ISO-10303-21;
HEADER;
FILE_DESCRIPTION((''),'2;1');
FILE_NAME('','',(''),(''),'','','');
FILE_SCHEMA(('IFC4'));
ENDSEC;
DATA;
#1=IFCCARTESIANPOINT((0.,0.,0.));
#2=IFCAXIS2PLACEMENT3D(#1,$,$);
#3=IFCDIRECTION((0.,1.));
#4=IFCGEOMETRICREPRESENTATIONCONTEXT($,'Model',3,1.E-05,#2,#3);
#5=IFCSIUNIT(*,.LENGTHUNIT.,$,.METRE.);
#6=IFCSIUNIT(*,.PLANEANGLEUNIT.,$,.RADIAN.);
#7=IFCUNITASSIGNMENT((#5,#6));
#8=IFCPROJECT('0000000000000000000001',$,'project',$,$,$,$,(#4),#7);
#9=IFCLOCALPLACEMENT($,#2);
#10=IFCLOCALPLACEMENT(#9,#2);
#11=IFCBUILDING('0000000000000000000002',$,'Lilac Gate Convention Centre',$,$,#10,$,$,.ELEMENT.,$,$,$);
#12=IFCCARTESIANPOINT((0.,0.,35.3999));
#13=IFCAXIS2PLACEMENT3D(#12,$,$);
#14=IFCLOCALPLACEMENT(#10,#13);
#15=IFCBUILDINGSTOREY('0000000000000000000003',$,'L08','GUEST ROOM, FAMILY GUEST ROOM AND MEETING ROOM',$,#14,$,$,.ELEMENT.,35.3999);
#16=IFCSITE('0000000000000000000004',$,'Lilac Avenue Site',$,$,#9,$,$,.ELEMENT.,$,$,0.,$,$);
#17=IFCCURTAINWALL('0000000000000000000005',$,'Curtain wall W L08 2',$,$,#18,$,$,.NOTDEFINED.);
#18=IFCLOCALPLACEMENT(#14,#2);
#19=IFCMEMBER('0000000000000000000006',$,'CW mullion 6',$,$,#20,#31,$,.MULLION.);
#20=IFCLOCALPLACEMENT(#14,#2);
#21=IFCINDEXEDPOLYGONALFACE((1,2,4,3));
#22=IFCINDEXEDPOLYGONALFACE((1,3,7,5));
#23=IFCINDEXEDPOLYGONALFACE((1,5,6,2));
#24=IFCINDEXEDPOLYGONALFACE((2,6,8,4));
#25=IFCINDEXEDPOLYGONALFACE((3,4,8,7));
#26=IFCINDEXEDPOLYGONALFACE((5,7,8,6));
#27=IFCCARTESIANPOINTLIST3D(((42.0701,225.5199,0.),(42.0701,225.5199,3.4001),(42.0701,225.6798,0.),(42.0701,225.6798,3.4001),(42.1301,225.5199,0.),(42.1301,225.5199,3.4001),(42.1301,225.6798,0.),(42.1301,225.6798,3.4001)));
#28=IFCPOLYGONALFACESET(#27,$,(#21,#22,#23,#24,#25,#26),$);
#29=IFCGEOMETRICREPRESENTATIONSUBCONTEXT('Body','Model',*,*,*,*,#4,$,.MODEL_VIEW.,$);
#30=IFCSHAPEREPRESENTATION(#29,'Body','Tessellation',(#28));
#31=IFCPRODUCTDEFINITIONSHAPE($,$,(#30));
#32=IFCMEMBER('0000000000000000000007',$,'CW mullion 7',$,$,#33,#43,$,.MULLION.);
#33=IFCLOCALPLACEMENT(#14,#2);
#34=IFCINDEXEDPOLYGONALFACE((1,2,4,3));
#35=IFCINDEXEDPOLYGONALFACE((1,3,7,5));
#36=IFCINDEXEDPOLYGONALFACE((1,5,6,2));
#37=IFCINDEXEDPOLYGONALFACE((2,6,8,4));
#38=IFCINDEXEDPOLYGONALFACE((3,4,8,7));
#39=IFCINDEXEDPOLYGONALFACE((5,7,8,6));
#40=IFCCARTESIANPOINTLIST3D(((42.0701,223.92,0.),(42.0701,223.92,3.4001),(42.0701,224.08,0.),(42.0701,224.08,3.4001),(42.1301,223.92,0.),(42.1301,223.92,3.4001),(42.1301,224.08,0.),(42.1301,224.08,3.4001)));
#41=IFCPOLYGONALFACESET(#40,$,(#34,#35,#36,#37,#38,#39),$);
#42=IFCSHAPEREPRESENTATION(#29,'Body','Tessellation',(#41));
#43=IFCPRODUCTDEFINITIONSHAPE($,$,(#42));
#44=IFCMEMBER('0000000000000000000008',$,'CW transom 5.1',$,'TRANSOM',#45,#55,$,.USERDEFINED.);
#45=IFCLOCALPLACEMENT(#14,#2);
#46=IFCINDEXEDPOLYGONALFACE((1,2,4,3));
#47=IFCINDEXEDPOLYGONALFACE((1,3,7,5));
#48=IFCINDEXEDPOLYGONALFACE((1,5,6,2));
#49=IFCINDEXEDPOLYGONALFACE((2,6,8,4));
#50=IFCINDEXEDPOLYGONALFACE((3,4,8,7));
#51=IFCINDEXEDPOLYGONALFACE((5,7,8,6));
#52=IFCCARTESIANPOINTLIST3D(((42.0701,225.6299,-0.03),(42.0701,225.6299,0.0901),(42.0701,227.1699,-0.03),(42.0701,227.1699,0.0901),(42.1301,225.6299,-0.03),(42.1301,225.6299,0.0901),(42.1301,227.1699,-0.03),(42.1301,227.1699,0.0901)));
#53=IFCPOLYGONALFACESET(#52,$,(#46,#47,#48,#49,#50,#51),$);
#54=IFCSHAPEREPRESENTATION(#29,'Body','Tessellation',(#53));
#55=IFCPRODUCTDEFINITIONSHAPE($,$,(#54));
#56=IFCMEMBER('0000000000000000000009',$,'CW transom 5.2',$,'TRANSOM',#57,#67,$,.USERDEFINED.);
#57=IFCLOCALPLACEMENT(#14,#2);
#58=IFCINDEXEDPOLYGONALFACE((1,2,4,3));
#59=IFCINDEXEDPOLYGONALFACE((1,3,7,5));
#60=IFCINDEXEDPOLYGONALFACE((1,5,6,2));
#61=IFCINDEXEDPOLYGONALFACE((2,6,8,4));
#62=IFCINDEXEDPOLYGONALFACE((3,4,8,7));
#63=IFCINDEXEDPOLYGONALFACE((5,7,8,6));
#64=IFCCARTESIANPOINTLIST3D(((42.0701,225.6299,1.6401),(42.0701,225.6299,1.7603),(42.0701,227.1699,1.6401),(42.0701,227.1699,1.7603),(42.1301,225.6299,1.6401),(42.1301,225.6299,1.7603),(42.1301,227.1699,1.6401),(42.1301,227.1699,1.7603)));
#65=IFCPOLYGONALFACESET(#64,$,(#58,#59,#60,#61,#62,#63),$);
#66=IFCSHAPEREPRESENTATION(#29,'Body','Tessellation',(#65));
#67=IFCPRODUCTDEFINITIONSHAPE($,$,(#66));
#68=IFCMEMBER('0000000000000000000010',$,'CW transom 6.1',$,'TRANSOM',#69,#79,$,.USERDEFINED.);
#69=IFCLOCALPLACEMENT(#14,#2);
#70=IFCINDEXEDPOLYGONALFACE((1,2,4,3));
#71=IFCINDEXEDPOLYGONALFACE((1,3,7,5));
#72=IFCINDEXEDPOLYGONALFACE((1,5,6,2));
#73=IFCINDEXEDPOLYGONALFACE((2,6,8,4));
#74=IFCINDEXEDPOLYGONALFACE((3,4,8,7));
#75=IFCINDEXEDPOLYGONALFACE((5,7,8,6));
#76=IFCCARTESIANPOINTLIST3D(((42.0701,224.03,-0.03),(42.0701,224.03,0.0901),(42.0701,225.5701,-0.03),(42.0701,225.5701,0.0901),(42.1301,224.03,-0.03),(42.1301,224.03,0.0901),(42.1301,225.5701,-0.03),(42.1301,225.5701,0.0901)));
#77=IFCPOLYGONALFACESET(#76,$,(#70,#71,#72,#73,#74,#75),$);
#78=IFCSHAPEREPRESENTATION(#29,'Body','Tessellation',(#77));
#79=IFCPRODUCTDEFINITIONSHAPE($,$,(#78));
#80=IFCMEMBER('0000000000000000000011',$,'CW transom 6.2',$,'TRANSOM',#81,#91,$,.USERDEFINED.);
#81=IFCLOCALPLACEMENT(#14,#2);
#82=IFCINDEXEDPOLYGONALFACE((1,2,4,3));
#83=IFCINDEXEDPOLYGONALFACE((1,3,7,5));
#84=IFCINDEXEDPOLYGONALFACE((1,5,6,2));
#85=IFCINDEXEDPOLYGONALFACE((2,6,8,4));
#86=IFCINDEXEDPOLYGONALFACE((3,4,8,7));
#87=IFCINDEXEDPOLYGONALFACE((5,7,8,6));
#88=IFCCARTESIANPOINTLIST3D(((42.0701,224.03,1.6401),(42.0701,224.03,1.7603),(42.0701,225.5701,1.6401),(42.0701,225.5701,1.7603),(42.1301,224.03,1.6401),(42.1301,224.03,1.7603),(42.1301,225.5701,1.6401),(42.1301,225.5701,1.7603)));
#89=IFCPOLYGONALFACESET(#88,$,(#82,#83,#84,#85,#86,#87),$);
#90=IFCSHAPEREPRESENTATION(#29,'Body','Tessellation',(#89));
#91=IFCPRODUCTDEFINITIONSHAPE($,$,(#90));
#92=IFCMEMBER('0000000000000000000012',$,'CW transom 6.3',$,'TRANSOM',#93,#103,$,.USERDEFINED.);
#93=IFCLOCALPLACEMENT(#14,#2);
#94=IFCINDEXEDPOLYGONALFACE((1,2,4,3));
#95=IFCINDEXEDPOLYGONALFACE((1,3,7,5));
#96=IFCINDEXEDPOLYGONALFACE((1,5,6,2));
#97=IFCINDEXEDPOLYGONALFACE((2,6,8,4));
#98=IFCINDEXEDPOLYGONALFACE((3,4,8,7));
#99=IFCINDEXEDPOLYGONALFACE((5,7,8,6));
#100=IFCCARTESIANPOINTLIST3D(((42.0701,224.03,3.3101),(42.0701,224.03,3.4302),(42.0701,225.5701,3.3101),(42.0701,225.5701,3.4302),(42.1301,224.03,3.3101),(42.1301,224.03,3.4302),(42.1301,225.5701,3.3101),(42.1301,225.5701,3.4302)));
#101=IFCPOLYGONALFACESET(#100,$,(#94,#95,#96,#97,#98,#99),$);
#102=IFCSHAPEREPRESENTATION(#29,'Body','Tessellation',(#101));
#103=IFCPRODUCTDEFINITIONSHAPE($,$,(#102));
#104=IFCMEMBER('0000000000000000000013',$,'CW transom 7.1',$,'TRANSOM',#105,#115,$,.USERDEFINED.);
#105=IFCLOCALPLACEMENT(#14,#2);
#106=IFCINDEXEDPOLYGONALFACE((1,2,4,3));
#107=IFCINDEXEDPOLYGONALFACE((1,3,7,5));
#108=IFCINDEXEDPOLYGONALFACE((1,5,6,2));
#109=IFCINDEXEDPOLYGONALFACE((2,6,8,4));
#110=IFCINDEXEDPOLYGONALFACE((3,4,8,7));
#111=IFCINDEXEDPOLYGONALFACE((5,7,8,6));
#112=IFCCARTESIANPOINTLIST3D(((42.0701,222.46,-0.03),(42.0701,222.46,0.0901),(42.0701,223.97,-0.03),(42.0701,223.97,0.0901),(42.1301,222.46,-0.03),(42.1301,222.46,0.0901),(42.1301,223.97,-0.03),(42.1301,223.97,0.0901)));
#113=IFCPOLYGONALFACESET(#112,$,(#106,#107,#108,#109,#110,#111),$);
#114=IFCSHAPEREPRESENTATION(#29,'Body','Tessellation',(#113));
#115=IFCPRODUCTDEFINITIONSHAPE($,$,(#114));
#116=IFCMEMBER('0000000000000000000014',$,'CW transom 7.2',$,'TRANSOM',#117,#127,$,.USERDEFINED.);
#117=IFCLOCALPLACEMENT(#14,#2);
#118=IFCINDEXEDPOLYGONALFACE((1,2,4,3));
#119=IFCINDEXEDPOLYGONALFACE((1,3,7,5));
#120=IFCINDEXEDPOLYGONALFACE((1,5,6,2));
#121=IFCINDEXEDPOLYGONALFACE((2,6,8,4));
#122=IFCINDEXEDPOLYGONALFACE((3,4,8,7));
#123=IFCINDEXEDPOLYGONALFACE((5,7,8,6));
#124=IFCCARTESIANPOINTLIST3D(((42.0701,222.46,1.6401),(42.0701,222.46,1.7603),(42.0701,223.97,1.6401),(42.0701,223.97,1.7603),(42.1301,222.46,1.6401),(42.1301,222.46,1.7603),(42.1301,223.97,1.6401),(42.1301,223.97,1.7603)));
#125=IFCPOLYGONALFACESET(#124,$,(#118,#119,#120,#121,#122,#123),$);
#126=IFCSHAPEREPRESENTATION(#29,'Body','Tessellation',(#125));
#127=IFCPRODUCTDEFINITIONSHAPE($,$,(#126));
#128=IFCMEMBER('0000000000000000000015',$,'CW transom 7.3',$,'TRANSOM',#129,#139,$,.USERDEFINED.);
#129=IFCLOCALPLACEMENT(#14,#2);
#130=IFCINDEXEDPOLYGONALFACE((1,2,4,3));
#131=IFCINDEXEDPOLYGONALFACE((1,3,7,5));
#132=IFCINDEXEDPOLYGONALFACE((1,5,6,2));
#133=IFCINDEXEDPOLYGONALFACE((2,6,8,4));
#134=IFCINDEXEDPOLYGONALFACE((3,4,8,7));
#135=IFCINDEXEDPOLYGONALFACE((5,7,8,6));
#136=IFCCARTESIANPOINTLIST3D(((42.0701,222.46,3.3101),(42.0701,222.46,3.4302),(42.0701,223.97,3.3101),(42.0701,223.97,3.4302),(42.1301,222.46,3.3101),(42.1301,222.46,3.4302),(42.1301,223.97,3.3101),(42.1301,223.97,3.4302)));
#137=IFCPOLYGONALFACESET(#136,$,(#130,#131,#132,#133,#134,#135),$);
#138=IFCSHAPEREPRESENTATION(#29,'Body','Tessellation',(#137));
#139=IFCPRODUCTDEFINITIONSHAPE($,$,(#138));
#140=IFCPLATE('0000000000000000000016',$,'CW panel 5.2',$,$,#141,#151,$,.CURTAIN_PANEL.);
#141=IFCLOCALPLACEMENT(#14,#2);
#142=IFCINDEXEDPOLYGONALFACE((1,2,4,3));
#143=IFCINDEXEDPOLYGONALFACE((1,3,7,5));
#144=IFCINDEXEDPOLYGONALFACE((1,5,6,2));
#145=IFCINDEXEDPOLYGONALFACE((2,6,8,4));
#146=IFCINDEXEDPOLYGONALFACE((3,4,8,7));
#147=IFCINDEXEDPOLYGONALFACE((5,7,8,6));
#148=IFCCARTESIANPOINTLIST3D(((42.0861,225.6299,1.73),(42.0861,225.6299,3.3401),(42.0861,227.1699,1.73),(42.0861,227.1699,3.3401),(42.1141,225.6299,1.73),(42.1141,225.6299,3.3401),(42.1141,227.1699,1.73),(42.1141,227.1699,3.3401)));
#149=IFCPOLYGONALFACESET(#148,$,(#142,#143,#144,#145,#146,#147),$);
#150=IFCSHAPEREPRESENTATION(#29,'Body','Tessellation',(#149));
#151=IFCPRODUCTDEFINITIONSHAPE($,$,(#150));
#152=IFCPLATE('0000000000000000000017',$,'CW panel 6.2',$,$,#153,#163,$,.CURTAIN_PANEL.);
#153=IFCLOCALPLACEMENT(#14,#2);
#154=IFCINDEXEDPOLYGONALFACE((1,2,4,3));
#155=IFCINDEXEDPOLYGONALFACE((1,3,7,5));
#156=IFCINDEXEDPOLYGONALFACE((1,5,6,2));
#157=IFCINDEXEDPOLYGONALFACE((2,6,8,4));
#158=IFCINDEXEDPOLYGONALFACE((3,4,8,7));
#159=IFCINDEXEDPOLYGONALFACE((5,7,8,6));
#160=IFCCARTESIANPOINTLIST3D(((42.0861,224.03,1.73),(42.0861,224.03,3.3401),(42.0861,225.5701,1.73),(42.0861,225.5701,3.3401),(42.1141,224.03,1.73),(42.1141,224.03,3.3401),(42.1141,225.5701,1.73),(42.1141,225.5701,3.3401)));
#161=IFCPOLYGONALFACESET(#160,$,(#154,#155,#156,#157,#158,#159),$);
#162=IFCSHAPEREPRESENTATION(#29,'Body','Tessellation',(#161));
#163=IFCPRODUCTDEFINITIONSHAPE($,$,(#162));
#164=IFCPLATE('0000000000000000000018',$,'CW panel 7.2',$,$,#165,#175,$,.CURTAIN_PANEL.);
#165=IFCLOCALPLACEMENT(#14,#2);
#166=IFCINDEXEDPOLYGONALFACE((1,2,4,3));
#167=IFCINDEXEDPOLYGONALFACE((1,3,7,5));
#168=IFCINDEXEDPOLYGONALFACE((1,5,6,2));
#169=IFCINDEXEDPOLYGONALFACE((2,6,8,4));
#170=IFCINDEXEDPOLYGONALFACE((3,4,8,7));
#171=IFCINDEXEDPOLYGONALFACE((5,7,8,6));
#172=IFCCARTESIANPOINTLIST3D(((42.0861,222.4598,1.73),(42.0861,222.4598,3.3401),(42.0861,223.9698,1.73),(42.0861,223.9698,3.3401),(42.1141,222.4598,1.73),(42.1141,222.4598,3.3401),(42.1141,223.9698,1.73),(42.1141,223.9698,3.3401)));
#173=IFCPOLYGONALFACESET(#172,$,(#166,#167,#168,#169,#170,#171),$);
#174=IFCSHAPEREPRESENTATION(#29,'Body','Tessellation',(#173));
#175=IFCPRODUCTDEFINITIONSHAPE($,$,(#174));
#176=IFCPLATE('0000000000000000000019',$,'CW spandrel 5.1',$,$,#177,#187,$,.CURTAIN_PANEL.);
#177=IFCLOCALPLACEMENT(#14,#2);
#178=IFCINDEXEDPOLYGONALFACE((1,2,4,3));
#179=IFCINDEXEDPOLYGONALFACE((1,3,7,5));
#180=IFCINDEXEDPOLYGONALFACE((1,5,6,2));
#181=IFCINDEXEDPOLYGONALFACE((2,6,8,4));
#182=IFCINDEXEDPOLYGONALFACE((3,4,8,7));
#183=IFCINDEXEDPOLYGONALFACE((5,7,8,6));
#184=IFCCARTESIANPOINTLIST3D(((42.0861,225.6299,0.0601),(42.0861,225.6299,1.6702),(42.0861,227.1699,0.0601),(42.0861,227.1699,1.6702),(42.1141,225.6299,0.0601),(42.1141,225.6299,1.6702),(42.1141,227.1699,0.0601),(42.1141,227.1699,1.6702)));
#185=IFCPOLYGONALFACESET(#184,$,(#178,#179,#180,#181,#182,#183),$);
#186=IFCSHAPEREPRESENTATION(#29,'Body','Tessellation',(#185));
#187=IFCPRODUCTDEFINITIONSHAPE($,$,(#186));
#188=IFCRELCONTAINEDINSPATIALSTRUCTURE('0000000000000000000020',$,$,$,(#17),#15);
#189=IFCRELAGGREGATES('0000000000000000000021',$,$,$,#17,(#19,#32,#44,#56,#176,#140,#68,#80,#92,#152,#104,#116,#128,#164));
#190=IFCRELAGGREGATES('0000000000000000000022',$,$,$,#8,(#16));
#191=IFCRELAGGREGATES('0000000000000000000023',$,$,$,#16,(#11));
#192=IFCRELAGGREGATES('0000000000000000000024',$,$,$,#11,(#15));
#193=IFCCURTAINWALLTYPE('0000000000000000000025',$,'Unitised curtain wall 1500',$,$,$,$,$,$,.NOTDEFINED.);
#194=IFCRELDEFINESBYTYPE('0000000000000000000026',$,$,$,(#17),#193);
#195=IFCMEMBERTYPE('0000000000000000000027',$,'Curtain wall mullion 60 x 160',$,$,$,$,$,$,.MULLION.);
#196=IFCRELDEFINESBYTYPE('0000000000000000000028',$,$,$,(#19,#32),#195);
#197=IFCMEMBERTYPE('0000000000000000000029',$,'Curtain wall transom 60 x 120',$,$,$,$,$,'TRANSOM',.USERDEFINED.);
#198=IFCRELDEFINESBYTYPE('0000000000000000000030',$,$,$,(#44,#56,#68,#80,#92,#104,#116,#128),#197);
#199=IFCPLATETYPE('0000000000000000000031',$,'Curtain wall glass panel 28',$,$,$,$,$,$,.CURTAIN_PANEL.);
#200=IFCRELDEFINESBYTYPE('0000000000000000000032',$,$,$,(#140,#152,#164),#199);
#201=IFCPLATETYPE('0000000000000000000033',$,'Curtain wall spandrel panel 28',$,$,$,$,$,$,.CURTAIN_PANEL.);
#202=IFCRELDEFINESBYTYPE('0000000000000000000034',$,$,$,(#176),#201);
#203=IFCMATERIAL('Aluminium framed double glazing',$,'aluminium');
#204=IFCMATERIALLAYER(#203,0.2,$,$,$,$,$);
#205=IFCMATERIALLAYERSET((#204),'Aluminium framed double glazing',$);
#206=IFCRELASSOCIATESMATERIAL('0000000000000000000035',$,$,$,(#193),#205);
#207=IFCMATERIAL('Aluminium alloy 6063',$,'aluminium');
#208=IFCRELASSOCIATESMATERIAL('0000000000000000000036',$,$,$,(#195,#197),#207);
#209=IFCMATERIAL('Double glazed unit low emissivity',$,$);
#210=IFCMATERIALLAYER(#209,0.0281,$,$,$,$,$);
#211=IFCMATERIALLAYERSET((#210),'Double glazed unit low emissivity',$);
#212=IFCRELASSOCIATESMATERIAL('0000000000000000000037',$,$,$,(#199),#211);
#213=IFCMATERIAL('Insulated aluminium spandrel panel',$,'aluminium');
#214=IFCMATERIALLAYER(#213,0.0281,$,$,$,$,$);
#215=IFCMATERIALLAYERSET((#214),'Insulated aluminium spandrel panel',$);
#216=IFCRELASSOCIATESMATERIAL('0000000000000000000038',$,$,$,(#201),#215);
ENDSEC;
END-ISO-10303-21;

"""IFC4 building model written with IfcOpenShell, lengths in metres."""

from ifc_helpers import new_model, si_unit, direction, frame, origin, origin_2d, place, context, subcontext, project, spatial, rectangle, extrude, material, layer, layer_set, material_profile, profile_set, type_object, element, aggregate, save


model = new_model("IFC4")

# Units and contexts
model_context = context("Model", 3, precision=1e-05, world=origin(), true_north=direction((0.0, 1.0)))
body_context = subcontext(model_context, "Body", "Model", "MODEL_VIEW")
ifc_project = project(units=[si_unit("LENGTHUNIT", "METRE"), si_unit("PLANEANGLEUNIT", "RADIAN")], contexts=[model_context])

# Site, building, storey
site_placement = place(None, origin())
site = spatial("IfcSite", under=ifc_project, at=site_placement, Name="Lilac Avenue Site", CompositionType="ELEMENT", RefElevation=0.0)
building_placement = place(site_placement, origin())
building = spatial("IfcBuilding", under=site, at=building_placement, Name="Lilac Gate Convention Centre", CompositionType="ELEMENT")
storey_placement = place(building_placement, frame((0.0, 0.0, 35.3999)))
storey = spatial("IfcBuildingStorey", under=building, at=storey_placement, Name="L08", Description="GUEST ROOM, FAMILY GUEST ROOM AND MEETING ROOM", CompositionType="ELEMENT", Elevation=35.3999)

# Curtain wall, members, plates
ifc_material_1 = material(Name="Aluminium framed double glazing", Category="aluminium")
ifc_layer_1 = layer(ifc_material_1, 0.2)
ifc_layer_set_1 = layer_set([ifc_layer_1], Name="Aluminium framed double glazing")
curtain_wall_type = type_object("IfcCurtainWallType", Name="Unitised curtain wall 1500", PredefinedType="NOTDEFINED", material=ifc_layer_set_1)
curtain_wall_placement = place(storey_placement, origin())
curtain_wall = element("IfcCurtainWall", 1, at=curtain_wall_placement, inside=storey, type_object=curtain_wall_type, Name="Curtain wall W L08 2", PredefinedType="NOTDEFINED")
ifc_material_2 = material(Name="Aluminium alloy 6063", Category="aluminium")
ifc_material_profile_1 = material_profile(ifc_material_2, rectangle(XDim=0.0601, YDim=0.1599, at=origin_2d()), Name="Curtain wall mullion 60 x 160")
ifc_profile_set_1 = profile_set([ifc_material_profile_1], Name="Aluminium alloy 6063")
member_type_1 = type_object("IfcMemberType", Name="Curtain wall mullion 60 x 160", PredefinedType="MULLION", material=ifc_profile_set_1)
member_1_placement = place(storey_placement, frame((42.1001, 225.5999, 0.0), z_axis=(0.0, 0.0, 1.0), x_axis=(1.0, 0.0, 0.0)))
member_1 = element("IfcMember", 2, at=member_1_placement, type_object=member_type_1, Name="CW mullion 6", PredefinedType="MULLION", context=body_context, shape_type="SweptSolid", body=[
    extrude(rectangle(XDim=0.0601, YDim=0.1599, at=origin_2d()), origin(), (0.0, 0.0, 1.0), 3.4001),
])
member_2_placement = place(storey_placement, frame((42.1001, 224.0, 0.0), z_axis=(0.0, 0.0, 1.0), x_axis=(1.0, 0.0, 0.0)))
member_2 = element("IfcMember", 3, at=member_2_placement, type_object=member_type_1, Name="CW mullion 7", PredefinedType="MULLION", context=body_context, shape_type="SweptSolid", body=[
    extrude(rectangle(XDim=0.0601, YDim=0.1599, at=origin_2d()), origin(), (0.0, 0.0, 1.0), 3.4001),
])
ifc_material_profile_2 = material_profile(ifc_material_2, rectangle(XDim=0.0601, YDim=0.1201, at=origin_2d()), Name="Curtain wall transom 60 x 120")
ifc_profile_set_2 = profile_set([ifc_material_profile_2], Name="Aluminium alloy 6063")
member_type_2 = type_object("IfcMemberType", Name="Curtain wall transom 60 x 120", ElementType="TRANSOM", PredefinedType="USERDEFINED", material=ifc_profile_set_2)
member_3_placement = place(storey_placement, frame((42.1001, 227.1699, 0.03), z_axis=(0.0, -1.0, 0.0), x_axis=(1.0, 0.0, 0.0)))
member_3 = element("IfcMember", 4, at=member_3_placement, type_object=member_type_2, Name="CW transom 5.1", ObjectType="TRANSOM", PredefinedType="USERDEFINED", context=body_context, shape_type="SweptSolid", body=[
    extrude(rectangle(XDim=0.0601, YDim=0.1201, at=origin_2d()), origin(), (0.0, 0.0, 1.0), 1.54),
])
member_4_placement = place(storey_placement, frame((42.1001, 227.1699, 1.7002), z_axis=(0.0, -1.0, 0.0), x_axis=(1.0, 0.0, 0.0)))
member_4 = element("IfcMember", 5, at=member_4_placement, type_object=member_type_2, Name="CW transom 5.2", ObjectType="TRANSOM", PredefinedType="USERDEFINED", context=body_context, shape_type="SweptSolid", body=[
    extrude(rectangle(XDim=0.0601, YDim=0.1201, at=origin_2d()), origin(), (0.0, 0.0, 1.0), 1.54),
])
member_5_placement = place(storey_placement, frame((42.1001, 225.5701, 0.03), z_axis=(0.0, -1.0, 0.0), x_axis=(1.0, 0.0, 0.0)))
member_5 = element("IfcMember", 6, at=member_5_placement, type_object=member_type_2, Name="CW transom 6.1", ObjectType="TRANSOM", PredefinedType="USERDEFINED", context=body_context, shape_type="SweptSolid", body=[
    extrude(rectangle(XDim=0.0601, YDim=0.1201, at=origin_2d()), origin(), (0.0, 0.0, 1.0), 1.54),
])
member_6_placement = place(storey_placement, frame((42.1001, 225.5701, 1.7002), z_axis=(0.0, -1.0, 0.0), x_axis=(1.0, 0.0, 0.0)))
member_6 = element("IfcMember", 7, at=member_6_placement, type_object=member_type_2, Name="CW transom 6.2", ObjectType="TRANSOM", PredefinedType="USERDEFINED", context=body_context, shape_type="SweptSolid", body=[
    extrude(rectangle(XDim=0.0601, YDim=0.1201, at=origin_2d()), origin(), (0.0, 0.0, 1.0), 1.54),
])
member_7_placement = place(storey_placement, frame((42.1001, 225.5701, 3.3701), z_axis=(0.0, -1.0, 0.0), x_axis=(1.0, 0.0, 0.0)))
member_7 = element("IfcMember", 8, at=member_7_placement, type_object=member_type_2, Name="CW transom 6.3", ObjectType="TRANSOM", PredefinedType="USERDEFINED", context=body_context, shape_type="SweptSolid", body=[
    extrude(rectangle(XDim=0.0601, YDim=0.1201, at=origin_2d()), origin(), (0.0, 0.0, 1.0), 1.54),
])
member_8_placement = place(storey_placement, frame((42.1001, 223.97, 0.03), z_axis=(0.0, -1.0, 0.0), x_axis=(1.0, 0.0, 0.0)))
member_8 = element("IfcMember", 9, at=member_8_placement, type_object=member_type_2, Name="CW transom 7.1", ObjectType="TRANSOM", PredefinedType="USERDEFINED", context=body_context, shape_type="SweptSolid", body=[
    extrude(rectangle(XDim=0.0601, YDim=0.1201, at=origin_2d()), origin(), (0.0, 0.0, 1.0), 1.51),
])
member_9_placement = place(storey_placement, frame((42.1001, 223.97, 1.7002), z_axis=(0.0, -1.0, 0.0), x_axis=(1.0, 0.0, 0.0)))
member_9 = element("IfcMember", 10, at=member_9_placement, type_object=member_type_2, Name="CW transom 7.2", ObjectType="TRANSOM", PredefinedType="USERDEFINED", context=body_context, shape_type="SweptSolid", body=[
    extrude(rectangle(XDim=0.0601, YDim=0.1201, at=origin_2d()), origin(), (0.0, 0.0, 1.0), 1.51),
])
member_10_placement = place(storey_placement, frame((42.1001, 223.97, 3.3701), z_axis=(0.0, -1.0, 0.0), x_axis=(1.0, 0.0, 0.0)))
member_10 = element("IfcMember", 11, at=member_10_placement, type_object=member_type_2, Name="CW transom 7.3", ObjectType="TRANSOM", PredefinedType="USERDEFINED", context=body_context, shape_type="SweptSolid", body=[
    extrude(rectangle(XDim=0.0601, YDim=0.1201, at=origin_2d()), origin(), (0.0, 0.0, 1.0), 1.51),
])
ifc_material_3 = material(Name="Double glazed unit low emissivity")
ifc_layer_2 = layer(ifc_material_3, 0.0281)
ifc_layer_set_2 = layer_set([ifc_layer_2], Name="Double glazed unit low emissivity")
plate_type_1 = type_object("IfcPlateType", Name="Curtain wall glass panel 28", PredefinedType="CURTAIN_PANEL", material=ifc_layer_set_2)
plate_1_placement = place(storey_placement, frame((42.1001, 226.3999, 1.73), z_axis=(0.0, 0.0, 1.0), x_axis=(0.0, -1.0, 0.0)))
plate_1 = element("IfcPlate", 12, at=plate_1_placement, type_object=plate_type_1, Name="CW panel 5.2", PredefinedType="CURTAIN_PANEL", context=body_context, shape_type="SweptSolid", body=[
    extrude(rectangle(XDim=1.54, YDim=0.0281, at=origin_2d()), origin(), (0.0, 0.0, 1.0), 1.6101),
])
plate_2_placement = place(storey_placement, frame((42.1001, 224.8, 1.73), z_axis=(0.0, 0.0, 1.0), x_axis=(0.0, -1.0, 0.0)))
plate_2 = element("IfcPlate", 13, at=plate_2_placement, type_object=plate_type_1, Name="CW panel 6.2", PredefinedType="CURTAIN_PANEL", context=body_context, shape_type="SweptSolid", body=[
    extrude(rectangle(XDim=1.54, YDim=0.0281, at=origin_2d()), origin(), (0.0, 0.0, 1.0), 1.6101),
])
plate_3_placement = place(storey_placement, frame((42.1001, 223.2148, 1.73), z_axis=(0.0, 0.0, 1.0), x_axis=(0.0, -1.0, 0.0)))
plate_3 = element("IfcPlate", 14, at=plate_3_placement, type_object=plate_type_1, Name="CW panel 7.2", PredefinedType="CURTAIN_PANEL", context=body_context, shape_type="SweptSolid", body=[
    extrude(rectangle(XDim=1.51, YDim=0.0281, at=origin_2d()), origin(), (0.0, 0.0, 1.0), 1.6101),
])
ifc_material_4 = material(Name="Insulated aluminium spandrel panel", Category="aluminium")
ifc_layer_3 = layer(ifc_material_4, 0.0281)
ifc_layer_set_3 = layer_set([ifc_layer_3], Name="Insulated aluminium spandrel panel")
plate_type_2 = type_object("IfcPlateType", Name="Curtain wall spandrel panel 28", PredefinedType="CURTAIN_PANEL", material=ifc_layer_set_3)
plate_4_placement = place(storey_placement, frame((42.1001, 226.3999, 0.0601), z_axis=(0.0, 0.0, 1.0), x_axis=(0.0, -1.0, 0.0)))
plate_4 = element("IfcPlate", 15, at=plate_4_placement, type_object=plate_type_2, Name="CW spandrel 5.1", PredefinedType="CURTAIN_PANEL", context=body_context, shape_type="SweptSolid", body=[
    extrude(rectangle(XDim=1.54, YDim=0.0281, at=origin_2d()), origin(), (0.0, 0.0, 1.0), 1.6101),
])
aggregate(curtain_wall, [member_1, member_2, member_3, member_4, plate_4, plate_1, member_5, member_6, member_7, plate_2, member_8, member_9, member_10, plate_3])

save(model, "model.ifc")
